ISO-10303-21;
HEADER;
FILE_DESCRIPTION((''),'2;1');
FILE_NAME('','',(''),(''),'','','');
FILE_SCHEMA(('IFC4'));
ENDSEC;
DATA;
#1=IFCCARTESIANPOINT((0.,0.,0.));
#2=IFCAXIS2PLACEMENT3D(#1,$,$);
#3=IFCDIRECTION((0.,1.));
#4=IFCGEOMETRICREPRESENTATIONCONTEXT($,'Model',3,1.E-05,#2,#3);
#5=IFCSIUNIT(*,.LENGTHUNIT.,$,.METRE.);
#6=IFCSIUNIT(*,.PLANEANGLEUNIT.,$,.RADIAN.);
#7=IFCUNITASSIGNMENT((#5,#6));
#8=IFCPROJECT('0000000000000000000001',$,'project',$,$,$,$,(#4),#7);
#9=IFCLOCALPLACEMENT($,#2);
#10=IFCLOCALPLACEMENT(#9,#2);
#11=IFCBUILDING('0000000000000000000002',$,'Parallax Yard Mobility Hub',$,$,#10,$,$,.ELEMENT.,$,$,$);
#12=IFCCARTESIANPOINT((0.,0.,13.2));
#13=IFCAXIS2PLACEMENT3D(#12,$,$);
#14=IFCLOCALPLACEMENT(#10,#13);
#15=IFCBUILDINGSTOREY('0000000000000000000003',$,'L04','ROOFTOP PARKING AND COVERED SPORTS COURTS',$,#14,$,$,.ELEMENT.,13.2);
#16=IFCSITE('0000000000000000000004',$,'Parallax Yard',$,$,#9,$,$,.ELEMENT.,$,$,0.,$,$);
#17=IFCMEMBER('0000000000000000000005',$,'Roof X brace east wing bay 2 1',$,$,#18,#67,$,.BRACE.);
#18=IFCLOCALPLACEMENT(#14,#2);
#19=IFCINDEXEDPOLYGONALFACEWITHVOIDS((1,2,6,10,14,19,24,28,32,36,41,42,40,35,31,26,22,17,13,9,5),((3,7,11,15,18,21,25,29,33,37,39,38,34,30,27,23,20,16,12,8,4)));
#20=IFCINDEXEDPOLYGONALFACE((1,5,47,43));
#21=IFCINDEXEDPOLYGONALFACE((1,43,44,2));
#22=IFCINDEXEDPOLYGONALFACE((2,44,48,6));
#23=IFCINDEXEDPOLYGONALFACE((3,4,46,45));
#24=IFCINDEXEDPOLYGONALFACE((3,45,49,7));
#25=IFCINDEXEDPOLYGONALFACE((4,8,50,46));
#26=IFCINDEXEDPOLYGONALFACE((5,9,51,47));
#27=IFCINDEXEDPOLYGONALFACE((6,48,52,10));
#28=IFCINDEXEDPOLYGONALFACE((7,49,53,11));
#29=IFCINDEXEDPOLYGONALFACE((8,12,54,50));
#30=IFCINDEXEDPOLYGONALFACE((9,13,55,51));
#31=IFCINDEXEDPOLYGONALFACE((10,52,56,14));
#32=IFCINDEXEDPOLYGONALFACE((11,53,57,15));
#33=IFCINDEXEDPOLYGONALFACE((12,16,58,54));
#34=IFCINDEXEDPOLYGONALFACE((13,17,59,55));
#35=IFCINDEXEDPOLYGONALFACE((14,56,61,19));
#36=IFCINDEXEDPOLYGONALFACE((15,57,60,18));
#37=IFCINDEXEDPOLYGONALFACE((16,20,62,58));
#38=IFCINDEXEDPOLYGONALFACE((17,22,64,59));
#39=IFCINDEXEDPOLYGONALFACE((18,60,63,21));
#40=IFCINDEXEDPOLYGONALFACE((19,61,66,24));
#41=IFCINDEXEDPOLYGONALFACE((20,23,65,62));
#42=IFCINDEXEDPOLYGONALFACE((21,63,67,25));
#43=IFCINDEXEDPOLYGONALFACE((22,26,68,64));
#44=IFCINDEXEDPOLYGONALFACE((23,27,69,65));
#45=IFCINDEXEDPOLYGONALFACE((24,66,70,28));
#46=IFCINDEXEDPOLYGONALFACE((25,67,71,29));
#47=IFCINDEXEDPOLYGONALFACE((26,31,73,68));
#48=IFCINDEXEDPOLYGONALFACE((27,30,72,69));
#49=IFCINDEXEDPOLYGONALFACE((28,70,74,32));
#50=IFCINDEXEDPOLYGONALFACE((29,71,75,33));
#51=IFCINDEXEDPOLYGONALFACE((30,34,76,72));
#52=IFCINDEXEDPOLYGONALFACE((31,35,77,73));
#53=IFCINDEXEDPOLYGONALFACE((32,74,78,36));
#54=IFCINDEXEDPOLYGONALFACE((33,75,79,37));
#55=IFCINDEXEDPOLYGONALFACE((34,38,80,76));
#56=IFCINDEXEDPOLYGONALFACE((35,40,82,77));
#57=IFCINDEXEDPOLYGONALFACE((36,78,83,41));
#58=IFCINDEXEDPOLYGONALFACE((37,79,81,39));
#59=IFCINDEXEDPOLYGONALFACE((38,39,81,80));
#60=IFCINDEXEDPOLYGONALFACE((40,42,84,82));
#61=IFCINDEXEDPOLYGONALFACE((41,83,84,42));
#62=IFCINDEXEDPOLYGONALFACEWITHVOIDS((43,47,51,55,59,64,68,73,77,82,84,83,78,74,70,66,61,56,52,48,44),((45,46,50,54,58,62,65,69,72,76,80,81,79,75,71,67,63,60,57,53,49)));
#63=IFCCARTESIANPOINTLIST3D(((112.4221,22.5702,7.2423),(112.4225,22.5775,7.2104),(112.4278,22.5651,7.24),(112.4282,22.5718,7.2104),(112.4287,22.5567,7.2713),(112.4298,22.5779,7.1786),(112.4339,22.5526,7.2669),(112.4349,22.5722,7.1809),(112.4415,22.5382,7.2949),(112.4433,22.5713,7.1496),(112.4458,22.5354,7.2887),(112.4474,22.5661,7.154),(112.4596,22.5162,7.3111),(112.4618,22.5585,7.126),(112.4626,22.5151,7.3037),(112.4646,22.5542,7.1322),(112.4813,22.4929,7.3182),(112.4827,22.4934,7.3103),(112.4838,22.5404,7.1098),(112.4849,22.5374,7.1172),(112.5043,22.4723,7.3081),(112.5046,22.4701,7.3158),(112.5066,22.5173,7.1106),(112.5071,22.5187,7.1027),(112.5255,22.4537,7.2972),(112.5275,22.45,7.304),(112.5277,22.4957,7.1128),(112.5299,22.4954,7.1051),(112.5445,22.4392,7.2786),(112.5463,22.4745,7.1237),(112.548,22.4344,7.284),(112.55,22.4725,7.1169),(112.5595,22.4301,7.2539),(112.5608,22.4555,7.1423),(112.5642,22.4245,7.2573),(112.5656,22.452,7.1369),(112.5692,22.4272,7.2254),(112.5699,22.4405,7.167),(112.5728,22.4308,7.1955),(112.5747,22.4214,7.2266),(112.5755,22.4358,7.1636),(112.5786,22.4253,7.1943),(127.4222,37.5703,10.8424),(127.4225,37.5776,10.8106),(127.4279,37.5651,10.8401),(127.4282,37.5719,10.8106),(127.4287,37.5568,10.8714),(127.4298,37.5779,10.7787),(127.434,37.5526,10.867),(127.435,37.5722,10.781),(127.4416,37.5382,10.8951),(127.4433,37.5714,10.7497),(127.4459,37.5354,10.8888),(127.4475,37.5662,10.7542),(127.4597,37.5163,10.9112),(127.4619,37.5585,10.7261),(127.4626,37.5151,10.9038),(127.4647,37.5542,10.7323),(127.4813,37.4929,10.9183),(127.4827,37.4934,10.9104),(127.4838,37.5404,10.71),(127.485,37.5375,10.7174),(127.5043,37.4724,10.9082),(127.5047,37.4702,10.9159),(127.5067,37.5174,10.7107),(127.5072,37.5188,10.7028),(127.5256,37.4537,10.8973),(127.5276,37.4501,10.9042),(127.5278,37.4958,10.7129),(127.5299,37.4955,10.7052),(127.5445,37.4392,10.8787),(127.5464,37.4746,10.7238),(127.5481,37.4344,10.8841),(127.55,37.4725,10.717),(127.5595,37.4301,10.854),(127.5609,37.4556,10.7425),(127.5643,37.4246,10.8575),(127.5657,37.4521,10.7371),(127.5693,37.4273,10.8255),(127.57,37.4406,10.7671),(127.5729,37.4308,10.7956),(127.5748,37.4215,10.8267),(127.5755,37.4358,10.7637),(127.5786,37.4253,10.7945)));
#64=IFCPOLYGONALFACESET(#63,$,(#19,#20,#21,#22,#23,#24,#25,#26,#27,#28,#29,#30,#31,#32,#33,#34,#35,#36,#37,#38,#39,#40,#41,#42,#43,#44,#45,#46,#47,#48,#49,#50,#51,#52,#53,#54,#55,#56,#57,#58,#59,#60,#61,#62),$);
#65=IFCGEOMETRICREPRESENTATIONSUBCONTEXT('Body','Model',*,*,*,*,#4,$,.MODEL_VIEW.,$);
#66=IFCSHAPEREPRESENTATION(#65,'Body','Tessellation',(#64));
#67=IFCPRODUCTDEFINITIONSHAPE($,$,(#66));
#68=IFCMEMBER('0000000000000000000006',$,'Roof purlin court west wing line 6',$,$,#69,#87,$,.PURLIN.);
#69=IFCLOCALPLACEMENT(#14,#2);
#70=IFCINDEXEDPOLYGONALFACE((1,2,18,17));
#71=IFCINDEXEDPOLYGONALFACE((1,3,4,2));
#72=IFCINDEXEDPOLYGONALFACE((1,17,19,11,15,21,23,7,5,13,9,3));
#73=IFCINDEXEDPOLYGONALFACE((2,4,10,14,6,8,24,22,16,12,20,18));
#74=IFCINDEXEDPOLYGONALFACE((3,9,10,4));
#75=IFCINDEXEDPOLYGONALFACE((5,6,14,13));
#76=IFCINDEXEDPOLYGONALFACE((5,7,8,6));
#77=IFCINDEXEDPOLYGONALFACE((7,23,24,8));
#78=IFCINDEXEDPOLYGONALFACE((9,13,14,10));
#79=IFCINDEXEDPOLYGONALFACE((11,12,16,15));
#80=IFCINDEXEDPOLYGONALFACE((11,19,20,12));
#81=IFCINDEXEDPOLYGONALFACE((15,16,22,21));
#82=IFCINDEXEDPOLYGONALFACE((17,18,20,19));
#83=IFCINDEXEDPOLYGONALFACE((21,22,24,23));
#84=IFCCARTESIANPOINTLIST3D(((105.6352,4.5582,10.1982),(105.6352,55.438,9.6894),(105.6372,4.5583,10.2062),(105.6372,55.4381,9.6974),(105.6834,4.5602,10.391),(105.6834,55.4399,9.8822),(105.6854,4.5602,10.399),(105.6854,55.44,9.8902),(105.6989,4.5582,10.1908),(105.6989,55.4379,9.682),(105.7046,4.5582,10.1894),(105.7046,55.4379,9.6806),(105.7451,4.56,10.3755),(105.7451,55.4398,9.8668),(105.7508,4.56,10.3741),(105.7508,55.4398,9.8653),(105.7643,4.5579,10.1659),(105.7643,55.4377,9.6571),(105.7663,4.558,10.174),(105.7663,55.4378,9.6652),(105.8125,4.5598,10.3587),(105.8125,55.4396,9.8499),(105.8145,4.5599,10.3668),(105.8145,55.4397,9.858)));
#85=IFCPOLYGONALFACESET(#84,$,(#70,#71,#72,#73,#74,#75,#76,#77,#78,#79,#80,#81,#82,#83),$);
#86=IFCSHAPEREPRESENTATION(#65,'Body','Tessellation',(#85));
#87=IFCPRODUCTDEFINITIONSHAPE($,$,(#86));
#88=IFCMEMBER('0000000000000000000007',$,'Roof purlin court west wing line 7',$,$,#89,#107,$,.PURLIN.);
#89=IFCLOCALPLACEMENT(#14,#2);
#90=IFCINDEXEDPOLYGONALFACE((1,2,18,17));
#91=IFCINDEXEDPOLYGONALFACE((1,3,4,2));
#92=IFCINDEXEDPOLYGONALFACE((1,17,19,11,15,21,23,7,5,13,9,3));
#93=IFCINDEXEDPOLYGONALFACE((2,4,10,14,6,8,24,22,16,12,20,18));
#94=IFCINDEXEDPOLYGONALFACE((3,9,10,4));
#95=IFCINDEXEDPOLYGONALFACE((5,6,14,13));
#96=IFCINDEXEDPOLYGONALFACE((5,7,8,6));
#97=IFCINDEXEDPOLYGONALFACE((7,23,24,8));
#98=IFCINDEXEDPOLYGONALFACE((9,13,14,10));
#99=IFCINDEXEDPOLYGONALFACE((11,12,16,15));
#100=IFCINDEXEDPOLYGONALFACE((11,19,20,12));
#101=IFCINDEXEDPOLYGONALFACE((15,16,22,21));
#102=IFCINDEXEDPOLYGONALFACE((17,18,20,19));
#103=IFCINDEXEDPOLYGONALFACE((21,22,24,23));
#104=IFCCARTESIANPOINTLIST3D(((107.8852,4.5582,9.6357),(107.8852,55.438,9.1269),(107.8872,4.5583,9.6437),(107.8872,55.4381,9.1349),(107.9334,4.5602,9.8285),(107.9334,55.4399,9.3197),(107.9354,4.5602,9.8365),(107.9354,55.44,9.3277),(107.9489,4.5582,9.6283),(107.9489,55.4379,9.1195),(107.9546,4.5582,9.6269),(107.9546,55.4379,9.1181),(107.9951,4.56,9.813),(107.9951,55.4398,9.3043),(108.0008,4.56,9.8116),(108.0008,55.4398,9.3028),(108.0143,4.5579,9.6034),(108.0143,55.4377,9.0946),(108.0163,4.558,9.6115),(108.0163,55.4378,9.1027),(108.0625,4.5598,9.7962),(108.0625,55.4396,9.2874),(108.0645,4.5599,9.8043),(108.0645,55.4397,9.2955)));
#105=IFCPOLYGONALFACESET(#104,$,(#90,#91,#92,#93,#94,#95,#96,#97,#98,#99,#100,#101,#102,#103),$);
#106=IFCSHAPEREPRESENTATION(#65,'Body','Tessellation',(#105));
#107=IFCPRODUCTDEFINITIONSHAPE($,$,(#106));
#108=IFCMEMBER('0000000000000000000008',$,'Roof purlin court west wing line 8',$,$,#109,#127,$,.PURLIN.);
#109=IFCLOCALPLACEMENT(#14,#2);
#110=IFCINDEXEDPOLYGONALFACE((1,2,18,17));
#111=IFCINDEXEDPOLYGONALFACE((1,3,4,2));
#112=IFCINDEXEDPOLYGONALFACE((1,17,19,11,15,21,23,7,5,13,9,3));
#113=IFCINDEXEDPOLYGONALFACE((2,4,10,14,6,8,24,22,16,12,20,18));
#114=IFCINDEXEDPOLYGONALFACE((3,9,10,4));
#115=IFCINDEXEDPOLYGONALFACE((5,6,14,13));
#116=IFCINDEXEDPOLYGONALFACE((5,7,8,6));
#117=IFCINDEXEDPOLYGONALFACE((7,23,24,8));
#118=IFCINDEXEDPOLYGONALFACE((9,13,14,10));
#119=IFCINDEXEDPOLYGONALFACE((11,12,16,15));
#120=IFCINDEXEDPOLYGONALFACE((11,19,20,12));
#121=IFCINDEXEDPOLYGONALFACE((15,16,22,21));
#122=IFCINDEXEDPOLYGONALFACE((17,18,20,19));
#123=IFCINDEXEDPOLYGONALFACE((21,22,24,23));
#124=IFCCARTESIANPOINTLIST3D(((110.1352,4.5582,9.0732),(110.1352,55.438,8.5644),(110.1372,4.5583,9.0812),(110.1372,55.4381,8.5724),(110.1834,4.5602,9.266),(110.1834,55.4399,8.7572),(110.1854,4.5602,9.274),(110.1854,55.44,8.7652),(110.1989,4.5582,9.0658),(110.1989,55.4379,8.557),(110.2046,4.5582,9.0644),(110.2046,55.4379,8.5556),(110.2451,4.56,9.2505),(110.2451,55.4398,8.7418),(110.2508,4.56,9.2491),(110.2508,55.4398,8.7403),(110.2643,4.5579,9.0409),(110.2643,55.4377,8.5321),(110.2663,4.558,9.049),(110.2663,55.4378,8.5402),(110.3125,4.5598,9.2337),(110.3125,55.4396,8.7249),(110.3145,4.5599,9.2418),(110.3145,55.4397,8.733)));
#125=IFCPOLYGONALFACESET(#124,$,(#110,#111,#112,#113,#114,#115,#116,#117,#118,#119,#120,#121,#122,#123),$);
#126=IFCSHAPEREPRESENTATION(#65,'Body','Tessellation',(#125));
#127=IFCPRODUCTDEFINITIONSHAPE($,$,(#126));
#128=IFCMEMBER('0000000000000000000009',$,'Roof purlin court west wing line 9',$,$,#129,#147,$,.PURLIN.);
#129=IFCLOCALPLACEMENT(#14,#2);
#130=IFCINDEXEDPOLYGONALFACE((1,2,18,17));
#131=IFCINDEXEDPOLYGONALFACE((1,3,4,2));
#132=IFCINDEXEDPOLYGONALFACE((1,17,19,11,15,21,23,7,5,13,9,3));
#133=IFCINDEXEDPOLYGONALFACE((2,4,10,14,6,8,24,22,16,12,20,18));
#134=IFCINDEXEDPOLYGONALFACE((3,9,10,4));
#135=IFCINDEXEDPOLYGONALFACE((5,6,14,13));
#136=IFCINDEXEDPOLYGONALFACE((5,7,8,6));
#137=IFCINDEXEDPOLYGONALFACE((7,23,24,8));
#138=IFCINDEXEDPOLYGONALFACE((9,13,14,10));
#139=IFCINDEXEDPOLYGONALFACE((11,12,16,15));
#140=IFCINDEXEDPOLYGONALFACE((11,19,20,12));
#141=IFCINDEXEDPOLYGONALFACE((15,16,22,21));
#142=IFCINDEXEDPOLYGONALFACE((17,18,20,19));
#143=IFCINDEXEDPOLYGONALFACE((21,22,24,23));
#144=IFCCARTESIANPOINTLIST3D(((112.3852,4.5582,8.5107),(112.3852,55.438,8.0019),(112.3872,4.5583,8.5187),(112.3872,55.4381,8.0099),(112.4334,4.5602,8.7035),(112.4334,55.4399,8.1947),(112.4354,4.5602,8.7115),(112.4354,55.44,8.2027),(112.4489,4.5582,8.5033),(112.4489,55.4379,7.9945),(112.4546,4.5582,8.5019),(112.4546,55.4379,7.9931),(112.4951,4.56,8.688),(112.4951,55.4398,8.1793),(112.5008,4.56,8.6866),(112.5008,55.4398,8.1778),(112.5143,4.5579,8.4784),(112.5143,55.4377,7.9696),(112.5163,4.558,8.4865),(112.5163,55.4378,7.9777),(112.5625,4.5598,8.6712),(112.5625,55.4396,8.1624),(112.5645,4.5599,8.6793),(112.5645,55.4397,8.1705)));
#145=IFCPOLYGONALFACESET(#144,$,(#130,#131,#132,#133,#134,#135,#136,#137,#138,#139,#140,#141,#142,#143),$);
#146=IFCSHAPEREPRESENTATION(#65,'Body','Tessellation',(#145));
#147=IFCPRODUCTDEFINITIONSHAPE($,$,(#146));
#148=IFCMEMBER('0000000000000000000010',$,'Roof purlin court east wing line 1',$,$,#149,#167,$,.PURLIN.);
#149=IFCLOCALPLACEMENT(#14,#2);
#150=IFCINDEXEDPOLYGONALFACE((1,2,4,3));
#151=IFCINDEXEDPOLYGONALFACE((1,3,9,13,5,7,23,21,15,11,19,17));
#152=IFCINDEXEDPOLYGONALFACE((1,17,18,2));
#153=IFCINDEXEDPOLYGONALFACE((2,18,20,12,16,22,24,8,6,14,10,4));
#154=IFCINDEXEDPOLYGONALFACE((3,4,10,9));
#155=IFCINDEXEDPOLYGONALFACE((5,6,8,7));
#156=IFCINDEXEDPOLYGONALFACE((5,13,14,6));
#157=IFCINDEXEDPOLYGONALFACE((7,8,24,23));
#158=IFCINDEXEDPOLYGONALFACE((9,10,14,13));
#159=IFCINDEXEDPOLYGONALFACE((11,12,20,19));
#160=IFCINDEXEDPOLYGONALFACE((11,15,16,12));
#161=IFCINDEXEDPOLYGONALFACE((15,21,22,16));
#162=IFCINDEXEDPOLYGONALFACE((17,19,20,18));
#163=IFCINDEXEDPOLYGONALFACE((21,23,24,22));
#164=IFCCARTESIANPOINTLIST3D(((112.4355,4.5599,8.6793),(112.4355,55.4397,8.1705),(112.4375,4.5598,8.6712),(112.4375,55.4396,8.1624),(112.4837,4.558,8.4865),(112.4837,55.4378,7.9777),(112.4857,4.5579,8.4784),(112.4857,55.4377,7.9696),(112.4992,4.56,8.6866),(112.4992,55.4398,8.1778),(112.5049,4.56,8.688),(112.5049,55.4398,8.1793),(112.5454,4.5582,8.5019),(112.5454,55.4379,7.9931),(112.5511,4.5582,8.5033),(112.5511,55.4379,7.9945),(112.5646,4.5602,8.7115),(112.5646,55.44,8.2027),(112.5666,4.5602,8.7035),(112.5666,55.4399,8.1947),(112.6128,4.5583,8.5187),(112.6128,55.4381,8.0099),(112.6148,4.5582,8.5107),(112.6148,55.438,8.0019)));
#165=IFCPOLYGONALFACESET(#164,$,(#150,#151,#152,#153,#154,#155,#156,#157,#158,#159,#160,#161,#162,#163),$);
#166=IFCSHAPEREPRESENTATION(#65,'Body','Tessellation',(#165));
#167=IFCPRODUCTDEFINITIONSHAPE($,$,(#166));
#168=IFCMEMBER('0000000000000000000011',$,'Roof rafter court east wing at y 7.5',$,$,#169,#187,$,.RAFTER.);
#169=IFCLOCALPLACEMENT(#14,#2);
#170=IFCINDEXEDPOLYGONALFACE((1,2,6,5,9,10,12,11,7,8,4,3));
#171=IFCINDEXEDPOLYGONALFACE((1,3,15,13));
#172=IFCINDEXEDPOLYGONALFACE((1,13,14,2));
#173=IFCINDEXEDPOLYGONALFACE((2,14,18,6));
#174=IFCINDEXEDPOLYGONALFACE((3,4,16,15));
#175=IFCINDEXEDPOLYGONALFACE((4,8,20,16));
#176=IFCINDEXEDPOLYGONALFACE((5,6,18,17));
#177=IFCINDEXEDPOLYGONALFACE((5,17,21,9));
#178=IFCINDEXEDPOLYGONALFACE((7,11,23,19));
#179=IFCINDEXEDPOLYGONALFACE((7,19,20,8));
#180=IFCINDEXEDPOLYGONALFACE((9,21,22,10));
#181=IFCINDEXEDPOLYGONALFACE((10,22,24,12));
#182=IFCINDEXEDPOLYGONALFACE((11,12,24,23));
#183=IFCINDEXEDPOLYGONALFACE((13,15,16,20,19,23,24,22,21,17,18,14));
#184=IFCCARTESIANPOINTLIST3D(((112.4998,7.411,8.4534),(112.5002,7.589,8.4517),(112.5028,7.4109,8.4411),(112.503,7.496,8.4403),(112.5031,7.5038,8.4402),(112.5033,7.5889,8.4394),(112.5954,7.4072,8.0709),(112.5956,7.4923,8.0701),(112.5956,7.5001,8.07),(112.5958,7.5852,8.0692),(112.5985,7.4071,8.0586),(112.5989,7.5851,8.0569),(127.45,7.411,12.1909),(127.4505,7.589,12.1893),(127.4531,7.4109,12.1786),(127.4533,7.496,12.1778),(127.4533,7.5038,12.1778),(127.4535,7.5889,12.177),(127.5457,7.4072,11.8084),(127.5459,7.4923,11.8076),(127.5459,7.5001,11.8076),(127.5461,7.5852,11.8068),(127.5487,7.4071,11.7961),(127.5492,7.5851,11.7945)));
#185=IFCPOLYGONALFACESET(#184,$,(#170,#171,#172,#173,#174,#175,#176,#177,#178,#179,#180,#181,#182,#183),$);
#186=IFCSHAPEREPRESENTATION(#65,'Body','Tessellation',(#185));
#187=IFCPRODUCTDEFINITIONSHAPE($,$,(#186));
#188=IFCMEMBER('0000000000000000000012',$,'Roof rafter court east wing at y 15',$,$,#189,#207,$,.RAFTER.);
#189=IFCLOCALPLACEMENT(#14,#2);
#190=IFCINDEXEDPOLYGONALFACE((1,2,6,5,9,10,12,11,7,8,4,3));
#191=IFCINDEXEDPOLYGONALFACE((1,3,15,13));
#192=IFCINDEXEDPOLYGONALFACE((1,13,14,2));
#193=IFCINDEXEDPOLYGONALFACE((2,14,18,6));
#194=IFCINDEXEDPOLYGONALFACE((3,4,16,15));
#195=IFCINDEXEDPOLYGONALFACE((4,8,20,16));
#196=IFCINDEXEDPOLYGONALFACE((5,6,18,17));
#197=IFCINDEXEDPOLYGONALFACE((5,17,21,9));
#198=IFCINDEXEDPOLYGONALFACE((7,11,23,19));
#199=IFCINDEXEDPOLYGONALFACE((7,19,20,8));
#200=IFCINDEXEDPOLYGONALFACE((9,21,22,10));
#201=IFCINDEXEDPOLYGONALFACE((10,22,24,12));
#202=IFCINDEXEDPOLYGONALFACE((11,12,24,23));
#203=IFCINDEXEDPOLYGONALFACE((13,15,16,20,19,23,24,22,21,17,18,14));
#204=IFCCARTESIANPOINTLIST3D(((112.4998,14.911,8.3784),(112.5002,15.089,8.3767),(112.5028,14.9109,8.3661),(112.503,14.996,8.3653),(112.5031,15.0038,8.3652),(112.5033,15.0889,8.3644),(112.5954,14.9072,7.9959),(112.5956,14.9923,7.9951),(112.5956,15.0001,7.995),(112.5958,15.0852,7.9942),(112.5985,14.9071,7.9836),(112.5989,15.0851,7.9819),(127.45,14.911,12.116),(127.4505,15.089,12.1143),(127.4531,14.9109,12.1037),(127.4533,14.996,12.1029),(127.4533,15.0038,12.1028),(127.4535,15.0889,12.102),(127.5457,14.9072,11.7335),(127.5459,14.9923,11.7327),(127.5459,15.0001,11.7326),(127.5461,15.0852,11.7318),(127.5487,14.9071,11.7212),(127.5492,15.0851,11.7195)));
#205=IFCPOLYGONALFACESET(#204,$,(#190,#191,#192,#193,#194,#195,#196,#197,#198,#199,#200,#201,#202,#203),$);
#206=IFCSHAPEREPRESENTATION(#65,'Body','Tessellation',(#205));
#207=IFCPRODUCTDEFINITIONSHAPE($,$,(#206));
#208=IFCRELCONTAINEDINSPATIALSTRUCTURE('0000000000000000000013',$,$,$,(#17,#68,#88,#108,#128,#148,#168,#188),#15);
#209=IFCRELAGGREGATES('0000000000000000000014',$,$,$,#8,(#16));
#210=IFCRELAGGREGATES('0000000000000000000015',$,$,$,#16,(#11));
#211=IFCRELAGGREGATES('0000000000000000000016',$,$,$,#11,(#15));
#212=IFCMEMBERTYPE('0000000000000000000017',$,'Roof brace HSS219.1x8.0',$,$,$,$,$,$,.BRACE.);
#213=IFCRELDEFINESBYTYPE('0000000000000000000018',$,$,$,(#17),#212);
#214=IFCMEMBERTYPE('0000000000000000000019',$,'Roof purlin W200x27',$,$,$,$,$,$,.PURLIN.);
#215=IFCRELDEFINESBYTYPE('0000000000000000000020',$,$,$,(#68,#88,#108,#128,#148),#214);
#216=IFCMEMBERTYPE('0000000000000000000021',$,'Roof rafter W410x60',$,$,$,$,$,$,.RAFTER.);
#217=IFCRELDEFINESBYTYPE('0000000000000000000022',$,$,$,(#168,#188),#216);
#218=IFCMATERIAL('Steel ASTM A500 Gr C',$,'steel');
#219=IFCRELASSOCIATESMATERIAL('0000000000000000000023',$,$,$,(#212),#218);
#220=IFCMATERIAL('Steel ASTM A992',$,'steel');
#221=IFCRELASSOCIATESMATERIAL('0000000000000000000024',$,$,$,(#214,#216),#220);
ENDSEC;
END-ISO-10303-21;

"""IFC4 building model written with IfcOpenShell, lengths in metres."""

from ifc_helpers import new_model, si_unit, direction, frame, origin, origin_2d, place, context, subcontext, project, spatial, hollow_circle, i_section, extrude, material, material_profile, profile_set, type_object, element, save


model = new_model("IFC4")

# Units and contexts
model_context = context("Model", 3, precision=1e-05, world=origin(), true_north=direction((0.0, 1.0)))
body_context = subcontext(model_context, "Body", "Model", "MODEL_VIEW")
ifc_project = project(units=[si_unit("LENGTHUNIT", "METRE"), si_unit("PLANEANGLEUNIT", "RADIAN")], contexts=[model_context])

# Site, building, storey
site_placement = place(None, origin())
site = spatial("IfcSite", under=ifc_project, at=site_placement, Name="Parallax Yard", CompositionType="ELEMENT", RefElevation=0.0)
building_placement = place(site_placement, origin())
building = spatial("IfcBuilding", under=site, at=building_placement, Name="Parallax Yard Mobility Hub", CompositionType="ELEMENT")
storey_placement = place(building_placement, frame((0.0, 0.0, 13.2)))
storey = spatial("IfcBuildingStorey", under=building, at=storey_placement, Name="L04", Description="ROOFTOP PARKING AND COVERED SPORTS COURTS", CompositionType="ELEMENT", Elevation=13.2)

# Shared definitions
ifc_material_1 = material(Name="Steel ASTM A992", Category="steel")

# Members
ifc_material_2 = material(Name="Steel ASTM A500 Gr C", Category="steel")
ifc_material_profile_1 = material_profile(ifc_material_2, hollow_circle(Radius=0.1096, WallThickness=0.0081, at=origin_2d()), Name="HSS219.1x8.0")
ifc_profile_set_1 = profile_set([ifc_material_profile_1], Name="Steel ASTM A500 Gr C")
member_type_1 = type_object("IfcMemberType", Name="Roof brace HSS219.1x8.0", PredefinedType="BRACE", material=ifc_profile_set_1)
member_1_placement = place(storey_placement, frame((112.5, 22.5, 7.2104), z_axis=(0.697139, 0.697139, 0.167318), x_axis=(-0.707107, 0.707107, 0.0)))
element("IfcMember", 1, at=member_1_placement, inside=storey, type_object=member_type_1, Name="Roof X brace east wing bay 2 1", PredefinedType="BRACE", context=body_context, shape_type="SweptSolid", body=[
    extrude(hollow_circle(Radius=0.1096, WallThickness=0.0081, at=origin_2d()), origin(), (0.0, 0.0, 1.0), 21.5166),
])
ifc_material_profile_2 = material_profile(ifc_material_1, i_section(OverallWidth=0.1331, OverallDepth=0.207, WebThickness=0.0059, FlangeThickness=0.0083, at=origin_2d()), Name="W200x27")
ifc_profile_set_2 = profile_set([ifc_material_profile_2], Name="Steel ASTM A992")
member_type_2 = type_object("IfcMemberType", Name="Roof purlin W200x27", PredefinedType="PURLIN", material=ifc_profile_set_2)
for number, where, z_axis, x_axis, name in (
    (2, (105.7249, 4.5591, 10.2825), (0.0, 0.99995, -0.009999), (-0.970145, 0.002425, 0.242513), "Roof purlin court west wing line 6"),
    (3, (107.9749, 4.5591, 9.72), (0.0, 0.99995, -0.009999), (-0.970145, 0.002425, 0.242513), "Roof purlin court west wing line 7"),
    (4, (110.2249, 4.5591, 9.1575), (0.0, 0.99995, -0.009999), (-0.970145, 0.002425, 0.242513), "Roof purlin court west wing line 8"),
    (5, (112.4749, 4.5591, 8.595), (0.0, 0.99995, -0.009999), (-0.970145, 0.002425, 0.242513), "Roof purlin court west wing line 9"),
    (6, (112.5251, 4.5591, 8.595), (0.0, 0.99995, -0.009999), (-0.970145, -0.002425, -0.242513), "Roof purlin court east wing line 1"),
):
    element("IfcMember", number, at=place(storey_placement, frame(where, z_axis=z_axis, x_axis=x_axis)), inside=storey, type_object=member_type_2, Name=name, PredefinedType="PURLIN", context=body_context, shape_type="SweptSolid", body=[
        extrude(i_section(OverallWidth=0.1331, OverallDepth=0.207, WebThickness=0.0059, FlangeThickness=0.0083, at=origin_2d()), origin(), (0.0, 0.0, 1.0), 50.8823),
    ])
ifc_material_profile_3 = material_profile(ifc_material_1, i_section(OverallWidth=0.178, OverallDepth=0.407, WebThickness=0.0078, FlangeThickness=0.0127, at=origin_2d()), Name="W410x60")
ifc_profile_set_3 = profile_set([ifc_material_profile_3], Name="Steel ASTM A992")
member_type_3 = type_object("IfcMemberType", Name="Roof rafter W410x60", PredefinedType="RAFTER", material=ifc_profile_set_3)
for number, where, z_axis, x_axis, name in (
    (7, (112.5493, 7.498, 8.2551), (0.970143, 0.0, 0.242536), (0.002353, 0.999953, -0.009411), "Roof rafter court east wing at y 7.5"),
    (8, (112.5493, 14.998, 8.1802), (0.970143, 0.0, 0.242536), (0.002353, 0.999953, -0.009411), "Roof rafter court east wing at y 15"),
):
    element("IfcMember", number, at=place(storey_placement, frame(where, z_axis=z_axis, x_axis=x_axis)), inside=storey, type_object=member_type_3, Name=name, PredefinedType="RAFTER", context=body_context, shape_type="SweptSolid", body=[
        extrude(i_section(OverallWidth=0.178, OverallDepth=0.407, WebThickness=0.0078, FlangeThickness=0.0127, at=origin_2d()), origin(), (0.0, 0.0, 1.0), 15.4104),
    ])

save(model, "model.ifc")
